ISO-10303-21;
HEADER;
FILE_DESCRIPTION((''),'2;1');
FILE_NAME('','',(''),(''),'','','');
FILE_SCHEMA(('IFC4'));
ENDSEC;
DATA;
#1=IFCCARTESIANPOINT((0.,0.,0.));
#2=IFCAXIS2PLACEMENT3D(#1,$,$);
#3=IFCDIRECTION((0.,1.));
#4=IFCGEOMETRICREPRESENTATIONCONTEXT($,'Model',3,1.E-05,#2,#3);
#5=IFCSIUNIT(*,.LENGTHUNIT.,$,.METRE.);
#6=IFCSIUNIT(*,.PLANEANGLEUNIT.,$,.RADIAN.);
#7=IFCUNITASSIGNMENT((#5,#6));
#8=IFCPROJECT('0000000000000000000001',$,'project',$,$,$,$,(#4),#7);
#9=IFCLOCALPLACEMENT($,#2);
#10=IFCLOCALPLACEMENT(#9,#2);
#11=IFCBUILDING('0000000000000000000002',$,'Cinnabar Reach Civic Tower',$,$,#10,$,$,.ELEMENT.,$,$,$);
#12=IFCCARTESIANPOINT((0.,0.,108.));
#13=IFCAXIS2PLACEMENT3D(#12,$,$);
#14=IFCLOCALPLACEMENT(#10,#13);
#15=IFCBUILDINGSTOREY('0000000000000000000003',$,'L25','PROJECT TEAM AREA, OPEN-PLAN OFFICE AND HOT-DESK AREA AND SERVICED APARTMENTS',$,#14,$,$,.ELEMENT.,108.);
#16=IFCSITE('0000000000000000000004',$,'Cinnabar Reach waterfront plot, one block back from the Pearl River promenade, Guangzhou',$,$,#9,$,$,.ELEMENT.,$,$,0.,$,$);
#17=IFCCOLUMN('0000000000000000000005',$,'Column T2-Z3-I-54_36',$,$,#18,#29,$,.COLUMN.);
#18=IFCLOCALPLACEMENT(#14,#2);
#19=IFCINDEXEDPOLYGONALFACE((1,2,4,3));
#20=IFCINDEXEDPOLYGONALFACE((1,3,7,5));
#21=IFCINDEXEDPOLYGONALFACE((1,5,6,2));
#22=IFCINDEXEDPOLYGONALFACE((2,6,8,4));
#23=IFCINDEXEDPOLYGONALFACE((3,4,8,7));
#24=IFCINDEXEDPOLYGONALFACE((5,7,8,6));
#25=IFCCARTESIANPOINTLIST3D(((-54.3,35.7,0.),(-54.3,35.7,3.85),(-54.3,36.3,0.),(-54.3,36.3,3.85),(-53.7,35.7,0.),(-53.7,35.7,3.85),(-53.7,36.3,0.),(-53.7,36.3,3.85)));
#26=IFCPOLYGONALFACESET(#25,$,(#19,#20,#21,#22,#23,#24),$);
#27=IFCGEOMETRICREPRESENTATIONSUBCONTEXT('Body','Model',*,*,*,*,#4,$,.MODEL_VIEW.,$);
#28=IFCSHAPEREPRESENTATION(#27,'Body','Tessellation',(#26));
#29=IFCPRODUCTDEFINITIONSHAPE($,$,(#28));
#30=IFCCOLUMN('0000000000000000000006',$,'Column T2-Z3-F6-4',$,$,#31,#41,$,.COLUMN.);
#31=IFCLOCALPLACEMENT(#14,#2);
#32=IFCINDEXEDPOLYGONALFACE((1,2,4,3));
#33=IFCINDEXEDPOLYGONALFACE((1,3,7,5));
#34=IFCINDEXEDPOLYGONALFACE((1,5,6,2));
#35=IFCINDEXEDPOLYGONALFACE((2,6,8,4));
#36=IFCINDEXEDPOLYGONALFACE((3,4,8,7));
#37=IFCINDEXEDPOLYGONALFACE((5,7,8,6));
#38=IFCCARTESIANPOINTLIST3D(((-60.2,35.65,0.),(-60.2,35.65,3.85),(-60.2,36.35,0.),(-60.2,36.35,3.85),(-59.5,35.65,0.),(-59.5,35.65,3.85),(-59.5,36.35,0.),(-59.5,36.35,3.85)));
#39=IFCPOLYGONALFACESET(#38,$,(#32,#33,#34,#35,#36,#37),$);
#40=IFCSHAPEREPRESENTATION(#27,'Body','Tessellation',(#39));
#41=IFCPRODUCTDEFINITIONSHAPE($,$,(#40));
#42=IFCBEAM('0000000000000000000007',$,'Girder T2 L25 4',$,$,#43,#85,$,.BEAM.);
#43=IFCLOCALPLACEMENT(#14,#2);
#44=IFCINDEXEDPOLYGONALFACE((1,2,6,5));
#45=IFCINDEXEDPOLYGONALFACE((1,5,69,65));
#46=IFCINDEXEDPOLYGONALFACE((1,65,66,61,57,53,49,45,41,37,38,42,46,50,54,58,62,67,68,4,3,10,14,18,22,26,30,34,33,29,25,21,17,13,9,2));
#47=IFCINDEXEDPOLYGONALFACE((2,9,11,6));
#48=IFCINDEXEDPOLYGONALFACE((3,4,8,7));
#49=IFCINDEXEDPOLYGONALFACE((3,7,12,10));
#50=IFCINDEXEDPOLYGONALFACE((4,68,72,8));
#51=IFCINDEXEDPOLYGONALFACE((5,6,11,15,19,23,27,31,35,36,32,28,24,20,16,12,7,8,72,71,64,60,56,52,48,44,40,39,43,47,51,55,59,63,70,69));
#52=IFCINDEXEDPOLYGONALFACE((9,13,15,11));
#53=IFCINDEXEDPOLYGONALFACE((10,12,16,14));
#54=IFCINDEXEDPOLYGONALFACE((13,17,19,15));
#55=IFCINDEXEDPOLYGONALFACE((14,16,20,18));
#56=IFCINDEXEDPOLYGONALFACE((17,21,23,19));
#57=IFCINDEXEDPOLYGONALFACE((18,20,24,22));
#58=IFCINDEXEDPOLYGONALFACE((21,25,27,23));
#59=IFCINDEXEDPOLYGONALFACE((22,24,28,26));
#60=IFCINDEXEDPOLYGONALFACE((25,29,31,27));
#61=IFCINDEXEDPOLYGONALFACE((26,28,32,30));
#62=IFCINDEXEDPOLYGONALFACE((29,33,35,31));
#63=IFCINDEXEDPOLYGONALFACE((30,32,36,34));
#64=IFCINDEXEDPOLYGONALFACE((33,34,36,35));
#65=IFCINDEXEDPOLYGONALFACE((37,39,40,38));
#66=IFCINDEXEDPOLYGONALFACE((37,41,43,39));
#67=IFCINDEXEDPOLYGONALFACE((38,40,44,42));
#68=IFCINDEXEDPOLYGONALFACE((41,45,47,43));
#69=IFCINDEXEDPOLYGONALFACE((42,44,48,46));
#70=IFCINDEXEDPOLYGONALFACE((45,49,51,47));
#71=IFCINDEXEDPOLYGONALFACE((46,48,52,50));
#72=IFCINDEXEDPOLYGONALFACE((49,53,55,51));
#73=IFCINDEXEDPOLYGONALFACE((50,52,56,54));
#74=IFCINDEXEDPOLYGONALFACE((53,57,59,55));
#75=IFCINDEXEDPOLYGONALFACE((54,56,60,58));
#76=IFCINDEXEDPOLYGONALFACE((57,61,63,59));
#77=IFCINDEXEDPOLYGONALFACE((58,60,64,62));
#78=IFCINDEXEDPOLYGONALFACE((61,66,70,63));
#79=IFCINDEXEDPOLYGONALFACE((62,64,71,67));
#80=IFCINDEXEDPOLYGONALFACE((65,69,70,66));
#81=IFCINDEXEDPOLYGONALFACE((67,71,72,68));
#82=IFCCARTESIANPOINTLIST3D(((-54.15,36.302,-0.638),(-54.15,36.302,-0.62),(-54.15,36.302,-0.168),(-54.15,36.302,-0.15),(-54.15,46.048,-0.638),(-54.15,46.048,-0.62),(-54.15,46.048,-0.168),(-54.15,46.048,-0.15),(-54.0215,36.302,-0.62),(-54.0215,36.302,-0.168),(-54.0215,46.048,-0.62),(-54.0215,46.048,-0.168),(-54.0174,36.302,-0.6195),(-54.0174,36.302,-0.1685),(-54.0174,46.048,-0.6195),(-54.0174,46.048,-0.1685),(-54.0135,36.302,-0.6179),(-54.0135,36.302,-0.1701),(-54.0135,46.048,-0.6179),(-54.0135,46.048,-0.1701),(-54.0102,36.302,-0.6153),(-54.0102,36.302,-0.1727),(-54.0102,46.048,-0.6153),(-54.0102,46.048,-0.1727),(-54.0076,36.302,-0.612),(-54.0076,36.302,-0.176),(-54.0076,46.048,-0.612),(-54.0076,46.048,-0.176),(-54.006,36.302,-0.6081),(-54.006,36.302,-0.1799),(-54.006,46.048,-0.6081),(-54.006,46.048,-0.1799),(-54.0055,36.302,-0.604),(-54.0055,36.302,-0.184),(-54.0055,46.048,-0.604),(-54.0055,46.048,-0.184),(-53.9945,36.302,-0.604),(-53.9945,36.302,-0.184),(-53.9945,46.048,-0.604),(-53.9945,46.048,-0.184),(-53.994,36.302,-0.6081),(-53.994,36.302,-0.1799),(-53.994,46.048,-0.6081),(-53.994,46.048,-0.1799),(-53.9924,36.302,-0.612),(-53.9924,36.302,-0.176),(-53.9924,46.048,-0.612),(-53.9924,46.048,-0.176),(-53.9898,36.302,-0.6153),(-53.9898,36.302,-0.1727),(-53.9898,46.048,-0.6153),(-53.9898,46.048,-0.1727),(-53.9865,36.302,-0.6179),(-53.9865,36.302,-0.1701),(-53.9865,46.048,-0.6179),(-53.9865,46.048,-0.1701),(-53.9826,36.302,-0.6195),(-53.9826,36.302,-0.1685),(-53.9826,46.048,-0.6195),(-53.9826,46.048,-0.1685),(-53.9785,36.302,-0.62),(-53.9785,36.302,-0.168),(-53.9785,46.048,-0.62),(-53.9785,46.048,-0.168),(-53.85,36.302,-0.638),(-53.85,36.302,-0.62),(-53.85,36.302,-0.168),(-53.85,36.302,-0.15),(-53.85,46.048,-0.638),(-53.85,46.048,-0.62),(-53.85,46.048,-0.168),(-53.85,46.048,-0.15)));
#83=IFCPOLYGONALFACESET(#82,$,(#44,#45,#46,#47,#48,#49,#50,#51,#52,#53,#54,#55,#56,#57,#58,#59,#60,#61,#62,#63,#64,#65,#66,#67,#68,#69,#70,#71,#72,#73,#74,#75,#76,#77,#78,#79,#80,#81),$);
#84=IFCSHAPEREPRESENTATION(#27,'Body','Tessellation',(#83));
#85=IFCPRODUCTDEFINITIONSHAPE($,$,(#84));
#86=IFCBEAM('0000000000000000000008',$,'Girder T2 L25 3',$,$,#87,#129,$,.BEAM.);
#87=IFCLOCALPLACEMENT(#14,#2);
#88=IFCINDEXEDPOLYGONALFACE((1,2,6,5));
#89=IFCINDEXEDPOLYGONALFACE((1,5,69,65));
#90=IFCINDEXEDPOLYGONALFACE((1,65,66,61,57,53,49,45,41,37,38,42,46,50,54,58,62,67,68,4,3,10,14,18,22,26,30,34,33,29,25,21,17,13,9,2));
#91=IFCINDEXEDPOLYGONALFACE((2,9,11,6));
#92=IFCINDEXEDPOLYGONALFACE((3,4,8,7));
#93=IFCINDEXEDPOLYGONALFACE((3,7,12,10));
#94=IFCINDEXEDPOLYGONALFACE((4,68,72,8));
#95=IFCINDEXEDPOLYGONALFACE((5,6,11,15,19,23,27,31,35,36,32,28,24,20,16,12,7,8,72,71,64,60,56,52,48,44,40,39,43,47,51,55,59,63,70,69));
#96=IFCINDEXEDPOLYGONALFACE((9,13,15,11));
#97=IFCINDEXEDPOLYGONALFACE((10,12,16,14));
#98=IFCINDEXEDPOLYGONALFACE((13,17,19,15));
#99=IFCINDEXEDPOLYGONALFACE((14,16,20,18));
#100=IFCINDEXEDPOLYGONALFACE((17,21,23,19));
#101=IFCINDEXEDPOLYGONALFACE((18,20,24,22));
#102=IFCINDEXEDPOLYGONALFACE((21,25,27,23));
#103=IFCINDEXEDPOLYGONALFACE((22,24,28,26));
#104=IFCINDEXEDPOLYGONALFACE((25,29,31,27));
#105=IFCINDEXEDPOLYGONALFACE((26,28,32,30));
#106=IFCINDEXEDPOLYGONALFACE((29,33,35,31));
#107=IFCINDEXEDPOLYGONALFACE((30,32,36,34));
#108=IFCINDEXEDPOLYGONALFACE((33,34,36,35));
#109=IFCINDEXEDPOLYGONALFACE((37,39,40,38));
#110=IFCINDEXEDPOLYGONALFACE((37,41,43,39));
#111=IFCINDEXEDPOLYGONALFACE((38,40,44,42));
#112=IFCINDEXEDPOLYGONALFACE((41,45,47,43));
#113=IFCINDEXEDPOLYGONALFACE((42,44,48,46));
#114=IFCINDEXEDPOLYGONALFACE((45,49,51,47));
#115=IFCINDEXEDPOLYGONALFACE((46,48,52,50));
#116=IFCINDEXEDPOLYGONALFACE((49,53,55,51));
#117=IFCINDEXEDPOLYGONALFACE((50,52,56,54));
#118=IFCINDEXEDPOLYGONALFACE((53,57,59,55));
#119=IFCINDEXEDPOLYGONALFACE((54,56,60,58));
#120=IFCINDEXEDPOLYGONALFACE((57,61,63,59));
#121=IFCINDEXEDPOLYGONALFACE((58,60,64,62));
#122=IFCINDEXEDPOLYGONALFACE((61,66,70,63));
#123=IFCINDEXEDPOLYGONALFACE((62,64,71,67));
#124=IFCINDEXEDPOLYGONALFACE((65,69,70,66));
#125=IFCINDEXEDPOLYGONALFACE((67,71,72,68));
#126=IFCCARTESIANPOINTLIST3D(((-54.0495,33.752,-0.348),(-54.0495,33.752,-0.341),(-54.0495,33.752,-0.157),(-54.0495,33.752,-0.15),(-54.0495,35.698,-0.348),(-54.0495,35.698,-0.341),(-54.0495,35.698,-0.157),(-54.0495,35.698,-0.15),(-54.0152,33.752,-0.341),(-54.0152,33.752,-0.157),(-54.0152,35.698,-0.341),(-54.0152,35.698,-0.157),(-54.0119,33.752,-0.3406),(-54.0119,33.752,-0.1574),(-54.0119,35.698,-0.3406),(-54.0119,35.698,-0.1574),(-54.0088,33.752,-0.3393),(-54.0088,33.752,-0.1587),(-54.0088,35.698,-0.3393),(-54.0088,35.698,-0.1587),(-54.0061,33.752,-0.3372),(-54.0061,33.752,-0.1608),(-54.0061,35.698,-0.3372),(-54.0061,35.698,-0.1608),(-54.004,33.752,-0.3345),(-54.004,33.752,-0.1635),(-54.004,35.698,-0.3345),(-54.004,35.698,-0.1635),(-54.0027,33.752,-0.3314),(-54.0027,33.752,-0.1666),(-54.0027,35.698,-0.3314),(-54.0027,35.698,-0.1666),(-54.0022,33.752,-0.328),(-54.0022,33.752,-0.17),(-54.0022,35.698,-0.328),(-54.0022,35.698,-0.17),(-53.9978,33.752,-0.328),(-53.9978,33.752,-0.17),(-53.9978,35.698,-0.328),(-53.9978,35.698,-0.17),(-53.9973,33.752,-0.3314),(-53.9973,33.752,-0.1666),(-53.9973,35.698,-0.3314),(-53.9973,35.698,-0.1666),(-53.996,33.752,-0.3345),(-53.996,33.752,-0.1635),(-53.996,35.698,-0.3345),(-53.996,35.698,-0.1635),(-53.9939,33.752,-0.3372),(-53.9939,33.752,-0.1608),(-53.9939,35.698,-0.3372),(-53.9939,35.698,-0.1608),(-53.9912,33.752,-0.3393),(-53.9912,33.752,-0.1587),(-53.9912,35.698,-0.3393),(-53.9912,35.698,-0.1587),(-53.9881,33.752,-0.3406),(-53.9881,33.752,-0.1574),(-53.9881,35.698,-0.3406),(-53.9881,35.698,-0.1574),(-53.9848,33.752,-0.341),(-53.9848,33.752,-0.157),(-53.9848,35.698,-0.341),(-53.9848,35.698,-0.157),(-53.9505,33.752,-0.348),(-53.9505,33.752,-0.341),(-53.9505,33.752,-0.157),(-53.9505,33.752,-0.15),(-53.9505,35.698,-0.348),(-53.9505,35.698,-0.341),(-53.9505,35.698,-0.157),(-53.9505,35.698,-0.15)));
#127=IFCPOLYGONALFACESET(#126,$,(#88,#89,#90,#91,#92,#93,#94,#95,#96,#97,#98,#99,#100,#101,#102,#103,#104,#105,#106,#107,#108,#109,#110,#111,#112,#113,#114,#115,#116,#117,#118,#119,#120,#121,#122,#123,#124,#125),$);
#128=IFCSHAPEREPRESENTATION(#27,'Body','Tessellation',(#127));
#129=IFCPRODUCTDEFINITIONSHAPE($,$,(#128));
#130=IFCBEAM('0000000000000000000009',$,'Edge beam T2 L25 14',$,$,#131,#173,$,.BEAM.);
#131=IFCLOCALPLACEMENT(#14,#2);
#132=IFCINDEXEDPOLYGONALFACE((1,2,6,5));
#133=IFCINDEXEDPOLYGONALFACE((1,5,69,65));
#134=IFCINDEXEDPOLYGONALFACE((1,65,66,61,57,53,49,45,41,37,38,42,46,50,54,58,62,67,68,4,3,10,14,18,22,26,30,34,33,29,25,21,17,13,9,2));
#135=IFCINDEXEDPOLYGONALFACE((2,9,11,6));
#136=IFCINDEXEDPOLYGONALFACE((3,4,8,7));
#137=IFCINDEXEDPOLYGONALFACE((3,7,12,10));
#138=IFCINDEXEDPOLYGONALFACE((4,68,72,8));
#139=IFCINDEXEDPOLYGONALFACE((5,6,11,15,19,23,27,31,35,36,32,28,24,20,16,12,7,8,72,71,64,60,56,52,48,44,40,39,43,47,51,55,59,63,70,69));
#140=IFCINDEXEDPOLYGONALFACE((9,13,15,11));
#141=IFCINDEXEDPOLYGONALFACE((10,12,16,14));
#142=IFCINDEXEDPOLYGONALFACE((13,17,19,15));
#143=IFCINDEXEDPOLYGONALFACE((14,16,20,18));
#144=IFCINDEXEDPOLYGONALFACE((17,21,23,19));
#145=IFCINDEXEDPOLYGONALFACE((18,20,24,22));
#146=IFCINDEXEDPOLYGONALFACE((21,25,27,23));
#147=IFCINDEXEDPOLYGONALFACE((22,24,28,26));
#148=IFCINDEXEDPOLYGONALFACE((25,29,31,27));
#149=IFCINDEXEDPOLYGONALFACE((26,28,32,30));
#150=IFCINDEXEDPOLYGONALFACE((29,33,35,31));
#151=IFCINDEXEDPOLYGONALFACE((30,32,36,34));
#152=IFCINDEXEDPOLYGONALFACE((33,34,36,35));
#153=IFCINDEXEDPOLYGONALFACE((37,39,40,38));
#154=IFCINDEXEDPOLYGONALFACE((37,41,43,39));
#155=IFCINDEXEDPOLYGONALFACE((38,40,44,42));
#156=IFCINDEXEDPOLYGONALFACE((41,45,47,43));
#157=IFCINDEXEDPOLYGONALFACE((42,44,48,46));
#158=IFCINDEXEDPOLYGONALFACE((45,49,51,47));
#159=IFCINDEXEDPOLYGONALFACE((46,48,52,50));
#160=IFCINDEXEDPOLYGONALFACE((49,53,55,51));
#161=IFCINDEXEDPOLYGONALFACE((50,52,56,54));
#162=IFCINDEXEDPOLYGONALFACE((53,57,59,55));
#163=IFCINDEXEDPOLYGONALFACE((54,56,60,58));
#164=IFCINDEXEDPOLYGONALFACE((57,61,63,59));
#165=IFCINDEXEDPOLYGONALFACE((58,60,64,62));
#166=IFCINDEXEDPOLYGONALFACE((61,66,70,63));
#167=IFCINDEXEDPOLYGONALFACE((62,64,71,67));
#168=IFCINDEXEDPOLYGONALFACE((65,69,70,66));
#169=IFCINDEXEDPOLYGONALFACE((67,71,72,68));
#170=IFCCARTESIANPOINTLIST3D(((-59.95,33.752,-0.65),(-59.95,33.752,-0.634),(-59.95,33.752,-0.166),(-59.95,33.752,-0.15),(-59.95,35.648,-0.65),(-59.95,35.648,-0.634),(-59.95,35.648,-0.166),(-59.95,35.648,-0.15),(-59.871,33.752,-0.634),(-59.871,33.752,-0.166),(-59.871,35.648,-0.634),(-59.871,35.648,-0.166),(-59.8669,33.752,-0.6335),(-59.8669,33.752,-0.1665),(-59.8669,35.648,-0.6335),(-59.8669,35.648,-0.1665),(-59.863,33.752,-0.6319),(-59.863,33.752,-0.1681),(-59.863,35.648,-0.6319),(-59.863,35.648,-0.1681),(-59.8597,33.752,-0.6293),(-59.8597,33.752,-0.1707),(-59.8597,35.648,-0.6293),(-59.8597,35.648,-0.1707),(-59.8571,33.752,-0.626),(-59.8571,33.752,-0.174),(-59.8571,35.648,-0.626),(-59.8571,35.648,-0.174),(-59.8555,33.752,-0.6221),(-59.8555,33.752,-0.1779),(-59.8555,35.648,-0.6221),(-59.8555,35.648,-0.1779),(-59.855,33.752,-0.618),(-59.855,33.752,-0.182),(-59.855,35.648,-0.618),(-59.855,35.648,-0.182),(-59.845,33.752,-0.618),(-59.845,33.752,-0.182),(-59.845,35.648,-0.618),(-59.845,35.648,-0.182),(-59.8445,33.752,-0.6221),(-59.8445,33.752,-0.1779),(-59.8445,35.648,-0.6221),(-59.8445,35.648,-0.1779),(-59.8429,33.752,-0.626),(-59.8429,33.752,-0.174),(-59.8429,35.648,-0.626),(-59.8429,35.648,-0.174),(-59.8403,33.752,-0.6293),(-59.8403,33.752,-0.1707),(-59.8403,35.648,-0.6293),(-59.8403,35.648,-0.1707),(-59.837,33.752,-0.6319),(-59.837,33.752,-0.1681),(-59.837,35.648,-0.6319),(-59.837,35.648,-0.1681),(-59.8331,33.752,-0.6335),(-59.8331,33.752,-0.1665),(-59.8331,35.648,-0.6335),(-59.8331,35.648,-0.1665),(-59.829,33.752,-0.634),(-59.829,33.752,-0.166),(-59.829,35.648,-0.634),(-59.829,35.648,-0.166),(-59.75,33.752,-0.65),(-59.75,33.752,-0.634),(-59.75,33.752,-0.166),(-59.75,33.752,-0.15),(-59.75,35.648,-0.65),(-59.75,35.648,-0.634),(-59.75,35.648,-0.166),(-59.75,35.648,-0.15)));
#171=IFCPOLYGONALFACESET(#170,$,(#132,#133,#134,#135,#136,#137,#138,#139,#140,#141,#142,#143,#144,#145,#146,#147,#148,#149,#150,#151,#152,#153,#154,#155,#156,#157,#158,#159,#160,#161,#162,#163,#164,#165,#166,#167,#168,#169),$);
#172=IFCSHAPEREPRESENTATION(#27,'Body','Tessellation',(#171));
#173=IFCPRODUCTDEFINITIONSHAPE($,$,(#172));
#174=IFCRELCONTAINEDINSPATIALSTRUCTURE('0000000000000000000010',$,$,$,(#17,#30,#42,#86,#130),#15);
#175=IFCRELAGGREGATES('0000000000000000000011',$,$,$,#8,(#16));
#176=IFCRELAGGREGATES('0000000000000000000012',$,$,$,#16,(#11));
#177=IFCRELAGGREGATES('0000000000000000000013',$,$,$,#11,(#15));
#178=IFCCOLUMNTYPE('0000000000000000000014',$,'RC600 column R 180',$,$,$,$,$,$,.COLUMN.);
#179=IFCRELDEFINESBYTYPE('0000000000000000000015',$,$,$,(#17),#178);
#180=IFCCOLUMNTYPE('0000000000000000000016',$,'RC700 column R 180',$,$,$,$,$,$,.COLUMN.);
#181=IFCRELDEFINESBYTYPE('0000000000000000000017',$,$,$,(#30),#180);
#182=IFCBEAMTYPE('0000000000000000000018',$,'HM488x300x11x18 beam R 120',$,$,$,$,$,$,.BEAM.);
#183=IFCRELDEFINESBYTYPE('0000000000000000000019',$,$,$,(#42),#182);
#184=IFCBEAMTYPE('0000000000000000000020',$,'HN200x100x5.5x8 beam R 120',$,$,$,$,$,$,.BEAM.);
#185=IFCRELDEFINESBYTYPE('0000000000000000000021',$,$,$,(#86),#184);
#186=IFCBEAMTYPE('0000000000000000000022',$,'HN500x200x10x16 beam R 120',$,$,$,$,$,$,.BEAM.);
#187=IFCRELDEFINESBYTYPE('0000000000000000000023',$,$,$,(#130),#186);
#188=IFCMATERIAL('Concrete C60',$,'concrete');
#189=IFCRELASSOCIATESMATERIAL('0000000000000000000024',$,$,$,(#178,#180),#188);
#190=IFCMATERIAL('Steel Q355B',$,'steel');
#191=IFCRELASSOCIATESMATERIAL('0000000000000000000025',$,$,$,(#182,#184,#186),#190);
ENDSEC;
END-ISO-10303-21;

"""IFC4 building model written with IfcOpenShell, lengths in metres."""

from ifc_helpers import new_model, si_unit, direction, frame, origin, origin_2d, place, context, subcontext, project, spatial, rectangle, i_section, extrude, material, material_profile, profile_set, type_object, element, save


model = new_model("IFC4")

# Units and contexts
model_context = context("Model", 3, precision=1e-05, world=origin(), true_north=direction((0.0, 1.0)))
body_context = subcontext(model_context, "Body", "Model", "MODEL_VIEW")
ifc_project = project(units=[si_unit("LENGTHUNIT", "METRE"), si_unit("PLANEANGLEUNIT", "RADIAN")], contexts=[model_context])

# Site, building, storey
site_placement = place(None, origin())
site = spatial("IfcSite", under=ifc_project, at=site_placement, Name="Cinnabar Reach waterfront plot, one block back from the Pearl River promenade, Guangzhou", CompositionType="ELEMENT", RefElevation=0.0)
building_placement = place(site_placement, origin())
building = spatial("IfcBuilding", under=site, at=building_placement, Name="Cinnabar Reach Civic Tower", CompositionType="ELEMENT")
storey_placement = place(building_placement, frame((0.0, 0.0, 108.0)))
storey = spatial("IfcBuildingStorey", under=building, at=storey_placement, Name="L25", Description="PROJECT TEAM AREA, OPEN-PLAN OFFICE AND HOT-DESK AREA AND SERVICED APARTMENTS", CompositionType="ELEMENT", Elevation=108.0)

# Columns
ifc_material_1 = material(Name="Concrete C60", Category="concrete")
ifc_material_profile_1 = material_profile(ifc_material_1, rectangle(XDim=0.6, YDim=0.6, at=origin_2d()), Name="RC600")
ifc_profile_set_1 = profile_set([ifc_material_profile_1], Name="Concrete C60")
column_type_1 = type_object("IfcColumnType", Name="RC600 column R 180", PredefinedType="COLUMN", material=ifc_profile_set_1)
column_1_placement = place(storey_placement, frame((-54.0, 36.0, 0.0), z_axis=(0.0, 0.0, 1.0), x_axis=(1.0, 0.0, 0.0)))
element("IfcColumn", 1, at=column_1_placement, inside=storey, type_object=column_type_1, Name="Column T2-Z3-I-54_36", PredefinedType="COLUMN", context=body_context, shape_type="SweptSolid", body=[
    extrude(rectangle(XDim=0.6, YDim=0.6, at=origin_2d()), origin(), (0.0, 0.0, 1.0), 3.85),
])
ifc_material_profile_2 = material_profile(ifc_material_1, rectangle(XDim=0.7, YDim=0.7, at=origin_2d()), Name="RC700")
ifc_profile_set_2 = profile_set([ifc_material_profile_2], Name="Concrete C60")
column_type_2 = type_object("IfcColumnType", Name="RC700 column R 180", PredefinedType="COLUMN", material=ifc_profile_set_2)
column_2_placement = place(storey_placement, frame((-59.85, 36.0, 0.0), z_axis=(0.0, 0.0, 1.0), x_axis=(1.0, 0.0, 0.0)))
element("IfcColumn", 2, at=column_2_placement, inside=storey, type_object=column_type_2, Name="Column T2-Z3-F6-4", PredefinedType="COLUMN", context=body_context, shape_type="SweptSolid", body=[
    extrude(rectangle(XDim=0.7, YDim=0.7, at=origin_2d()), origin(), (0.0, 0.0, 1.0), 3.85),
])

# Beams
ifc_material_2 = material(Name="Steel Q355B", Category="steel")
ifc_material_profile_3 = material_profile(ifc_material_2, i_section(OverallWidth=0.3, OverallDepth=0.488, WebThickness=0.011, FlangeThickness=0.018, FilletRadius=0.016, at=origin_2d()), Name="HM488x300x11x18")
ifc_profile_set_3 = profile_set([ifc_material_profile_3], Name="Steel Q355B")
beam_type_1 = type_object("IfcBeamType", Name="HM488x300x11x18 beam R 120", PredefinedType="BEAM", material=ifc_profile_set_3)
beam_1_placement = place(storey_placement, frame((-54.0, 36.302, -0.394), z_axis=(0.0, 1.0, 0.0), x_axis=(-1.0, 0.0, 0.0)))
element("IfcBeam", 3, at=beam_1_placement, inside=storey, type_object=beam_type_1, Name="Girder T2 L25 4", PredefinedType="BEAM", context=body_context, shape_type="SweptSolid", body=[
    extrude(i_section(OverallWidth=0.3, OverallDepth=0.488, WebThickness=0.011, FlangeThickness=0.018, FilletRadius=0.016, at=origin_2d()), origin(), (0.0, 0.0, 1.0), 9.746),
])
ifc_material_profile_4 = material_profile(ifc_material_2, i_section(OverallWidth=0.099, OverallDepth=0.198, WebThickness=0.0045, FlangeThickness=0.007, FilletRadius=0.013, at=origin_2d()), Name="HN200x100x5.5x8")
ifc_profile_set_4 = profile_set([ifc_material_profile_4], Name="Steel Q355B")
beam_type_2 = type_object("IfcBeamType", Name="HN200x100x5.5x8 beam R 120", PredefinedType="BEAM", material=ifc_profile_set_4)
beam_2_placement = place(storey_placement, frame((-54.0, 33.752, -0.249), z_axis=(0.0, 1.0, 0.0), x_axis=(-1.0, 0.0, 0.0)))
element("IfcBeam", 4, at=beam_2_placement, inside=storey, type_object=beam_type_2, Name="Girder T2 L25 3", PredefinedType="BEAM", context=body_context, shape_type="SweptSolid", body=[
    extrude(i_section(OverallWidth=0.099, OverallDepth=0.198, WebThickness=0.0045, FlangeThickness=0.007, FilletRadius=0.013, at=origin_2d()), origin(), (0.0, 0.0, 1.0), 1.946),
])
ifc_material_profile_5 = material_profile(ifc_material_2, i_section(OverallWidth=0.2, OverallDepth=0.5, WebThickness=0.01, FlangeThickness=0.016, FilletRadius=0.016, at=origin_2d()), Name="HN500x200x10x16")
ifc_profile_set_5 = profile_set([ifc_material_profile_5], Name="Steel Q355B")
beam_type_3 = type_object("IfcBeamType", Name="HN500x200x10x16 beam R 120", PredefinedType="BEAM", material=ifc_profile_set_5)
beam_3_placement = place(storey_placement, frame((-59.85, 35.648, -0.4), z_axis=(0.0, -1.0, 0.0), x_axis=(1.0, 0.0, 0.0)))
element("IfcBeam", 5, at=beam_3_placement, inside=storey, type_object=beam_type_3, Name="Edge beam T2 L25 14", PredefinedType="BEAM", context=body_context, shape_type="SweptSolid", body=[
    extrude(i_section(OverallWidth=0.2, OverallDepth=0.5, WebThickness=0.01, FlangeThickness=0.016, FilletRadius=0.016, at=origin_2d()), origin(), (0.0, 0.0, 1.0), 1.896),
])

save(model, "model.ifc")
